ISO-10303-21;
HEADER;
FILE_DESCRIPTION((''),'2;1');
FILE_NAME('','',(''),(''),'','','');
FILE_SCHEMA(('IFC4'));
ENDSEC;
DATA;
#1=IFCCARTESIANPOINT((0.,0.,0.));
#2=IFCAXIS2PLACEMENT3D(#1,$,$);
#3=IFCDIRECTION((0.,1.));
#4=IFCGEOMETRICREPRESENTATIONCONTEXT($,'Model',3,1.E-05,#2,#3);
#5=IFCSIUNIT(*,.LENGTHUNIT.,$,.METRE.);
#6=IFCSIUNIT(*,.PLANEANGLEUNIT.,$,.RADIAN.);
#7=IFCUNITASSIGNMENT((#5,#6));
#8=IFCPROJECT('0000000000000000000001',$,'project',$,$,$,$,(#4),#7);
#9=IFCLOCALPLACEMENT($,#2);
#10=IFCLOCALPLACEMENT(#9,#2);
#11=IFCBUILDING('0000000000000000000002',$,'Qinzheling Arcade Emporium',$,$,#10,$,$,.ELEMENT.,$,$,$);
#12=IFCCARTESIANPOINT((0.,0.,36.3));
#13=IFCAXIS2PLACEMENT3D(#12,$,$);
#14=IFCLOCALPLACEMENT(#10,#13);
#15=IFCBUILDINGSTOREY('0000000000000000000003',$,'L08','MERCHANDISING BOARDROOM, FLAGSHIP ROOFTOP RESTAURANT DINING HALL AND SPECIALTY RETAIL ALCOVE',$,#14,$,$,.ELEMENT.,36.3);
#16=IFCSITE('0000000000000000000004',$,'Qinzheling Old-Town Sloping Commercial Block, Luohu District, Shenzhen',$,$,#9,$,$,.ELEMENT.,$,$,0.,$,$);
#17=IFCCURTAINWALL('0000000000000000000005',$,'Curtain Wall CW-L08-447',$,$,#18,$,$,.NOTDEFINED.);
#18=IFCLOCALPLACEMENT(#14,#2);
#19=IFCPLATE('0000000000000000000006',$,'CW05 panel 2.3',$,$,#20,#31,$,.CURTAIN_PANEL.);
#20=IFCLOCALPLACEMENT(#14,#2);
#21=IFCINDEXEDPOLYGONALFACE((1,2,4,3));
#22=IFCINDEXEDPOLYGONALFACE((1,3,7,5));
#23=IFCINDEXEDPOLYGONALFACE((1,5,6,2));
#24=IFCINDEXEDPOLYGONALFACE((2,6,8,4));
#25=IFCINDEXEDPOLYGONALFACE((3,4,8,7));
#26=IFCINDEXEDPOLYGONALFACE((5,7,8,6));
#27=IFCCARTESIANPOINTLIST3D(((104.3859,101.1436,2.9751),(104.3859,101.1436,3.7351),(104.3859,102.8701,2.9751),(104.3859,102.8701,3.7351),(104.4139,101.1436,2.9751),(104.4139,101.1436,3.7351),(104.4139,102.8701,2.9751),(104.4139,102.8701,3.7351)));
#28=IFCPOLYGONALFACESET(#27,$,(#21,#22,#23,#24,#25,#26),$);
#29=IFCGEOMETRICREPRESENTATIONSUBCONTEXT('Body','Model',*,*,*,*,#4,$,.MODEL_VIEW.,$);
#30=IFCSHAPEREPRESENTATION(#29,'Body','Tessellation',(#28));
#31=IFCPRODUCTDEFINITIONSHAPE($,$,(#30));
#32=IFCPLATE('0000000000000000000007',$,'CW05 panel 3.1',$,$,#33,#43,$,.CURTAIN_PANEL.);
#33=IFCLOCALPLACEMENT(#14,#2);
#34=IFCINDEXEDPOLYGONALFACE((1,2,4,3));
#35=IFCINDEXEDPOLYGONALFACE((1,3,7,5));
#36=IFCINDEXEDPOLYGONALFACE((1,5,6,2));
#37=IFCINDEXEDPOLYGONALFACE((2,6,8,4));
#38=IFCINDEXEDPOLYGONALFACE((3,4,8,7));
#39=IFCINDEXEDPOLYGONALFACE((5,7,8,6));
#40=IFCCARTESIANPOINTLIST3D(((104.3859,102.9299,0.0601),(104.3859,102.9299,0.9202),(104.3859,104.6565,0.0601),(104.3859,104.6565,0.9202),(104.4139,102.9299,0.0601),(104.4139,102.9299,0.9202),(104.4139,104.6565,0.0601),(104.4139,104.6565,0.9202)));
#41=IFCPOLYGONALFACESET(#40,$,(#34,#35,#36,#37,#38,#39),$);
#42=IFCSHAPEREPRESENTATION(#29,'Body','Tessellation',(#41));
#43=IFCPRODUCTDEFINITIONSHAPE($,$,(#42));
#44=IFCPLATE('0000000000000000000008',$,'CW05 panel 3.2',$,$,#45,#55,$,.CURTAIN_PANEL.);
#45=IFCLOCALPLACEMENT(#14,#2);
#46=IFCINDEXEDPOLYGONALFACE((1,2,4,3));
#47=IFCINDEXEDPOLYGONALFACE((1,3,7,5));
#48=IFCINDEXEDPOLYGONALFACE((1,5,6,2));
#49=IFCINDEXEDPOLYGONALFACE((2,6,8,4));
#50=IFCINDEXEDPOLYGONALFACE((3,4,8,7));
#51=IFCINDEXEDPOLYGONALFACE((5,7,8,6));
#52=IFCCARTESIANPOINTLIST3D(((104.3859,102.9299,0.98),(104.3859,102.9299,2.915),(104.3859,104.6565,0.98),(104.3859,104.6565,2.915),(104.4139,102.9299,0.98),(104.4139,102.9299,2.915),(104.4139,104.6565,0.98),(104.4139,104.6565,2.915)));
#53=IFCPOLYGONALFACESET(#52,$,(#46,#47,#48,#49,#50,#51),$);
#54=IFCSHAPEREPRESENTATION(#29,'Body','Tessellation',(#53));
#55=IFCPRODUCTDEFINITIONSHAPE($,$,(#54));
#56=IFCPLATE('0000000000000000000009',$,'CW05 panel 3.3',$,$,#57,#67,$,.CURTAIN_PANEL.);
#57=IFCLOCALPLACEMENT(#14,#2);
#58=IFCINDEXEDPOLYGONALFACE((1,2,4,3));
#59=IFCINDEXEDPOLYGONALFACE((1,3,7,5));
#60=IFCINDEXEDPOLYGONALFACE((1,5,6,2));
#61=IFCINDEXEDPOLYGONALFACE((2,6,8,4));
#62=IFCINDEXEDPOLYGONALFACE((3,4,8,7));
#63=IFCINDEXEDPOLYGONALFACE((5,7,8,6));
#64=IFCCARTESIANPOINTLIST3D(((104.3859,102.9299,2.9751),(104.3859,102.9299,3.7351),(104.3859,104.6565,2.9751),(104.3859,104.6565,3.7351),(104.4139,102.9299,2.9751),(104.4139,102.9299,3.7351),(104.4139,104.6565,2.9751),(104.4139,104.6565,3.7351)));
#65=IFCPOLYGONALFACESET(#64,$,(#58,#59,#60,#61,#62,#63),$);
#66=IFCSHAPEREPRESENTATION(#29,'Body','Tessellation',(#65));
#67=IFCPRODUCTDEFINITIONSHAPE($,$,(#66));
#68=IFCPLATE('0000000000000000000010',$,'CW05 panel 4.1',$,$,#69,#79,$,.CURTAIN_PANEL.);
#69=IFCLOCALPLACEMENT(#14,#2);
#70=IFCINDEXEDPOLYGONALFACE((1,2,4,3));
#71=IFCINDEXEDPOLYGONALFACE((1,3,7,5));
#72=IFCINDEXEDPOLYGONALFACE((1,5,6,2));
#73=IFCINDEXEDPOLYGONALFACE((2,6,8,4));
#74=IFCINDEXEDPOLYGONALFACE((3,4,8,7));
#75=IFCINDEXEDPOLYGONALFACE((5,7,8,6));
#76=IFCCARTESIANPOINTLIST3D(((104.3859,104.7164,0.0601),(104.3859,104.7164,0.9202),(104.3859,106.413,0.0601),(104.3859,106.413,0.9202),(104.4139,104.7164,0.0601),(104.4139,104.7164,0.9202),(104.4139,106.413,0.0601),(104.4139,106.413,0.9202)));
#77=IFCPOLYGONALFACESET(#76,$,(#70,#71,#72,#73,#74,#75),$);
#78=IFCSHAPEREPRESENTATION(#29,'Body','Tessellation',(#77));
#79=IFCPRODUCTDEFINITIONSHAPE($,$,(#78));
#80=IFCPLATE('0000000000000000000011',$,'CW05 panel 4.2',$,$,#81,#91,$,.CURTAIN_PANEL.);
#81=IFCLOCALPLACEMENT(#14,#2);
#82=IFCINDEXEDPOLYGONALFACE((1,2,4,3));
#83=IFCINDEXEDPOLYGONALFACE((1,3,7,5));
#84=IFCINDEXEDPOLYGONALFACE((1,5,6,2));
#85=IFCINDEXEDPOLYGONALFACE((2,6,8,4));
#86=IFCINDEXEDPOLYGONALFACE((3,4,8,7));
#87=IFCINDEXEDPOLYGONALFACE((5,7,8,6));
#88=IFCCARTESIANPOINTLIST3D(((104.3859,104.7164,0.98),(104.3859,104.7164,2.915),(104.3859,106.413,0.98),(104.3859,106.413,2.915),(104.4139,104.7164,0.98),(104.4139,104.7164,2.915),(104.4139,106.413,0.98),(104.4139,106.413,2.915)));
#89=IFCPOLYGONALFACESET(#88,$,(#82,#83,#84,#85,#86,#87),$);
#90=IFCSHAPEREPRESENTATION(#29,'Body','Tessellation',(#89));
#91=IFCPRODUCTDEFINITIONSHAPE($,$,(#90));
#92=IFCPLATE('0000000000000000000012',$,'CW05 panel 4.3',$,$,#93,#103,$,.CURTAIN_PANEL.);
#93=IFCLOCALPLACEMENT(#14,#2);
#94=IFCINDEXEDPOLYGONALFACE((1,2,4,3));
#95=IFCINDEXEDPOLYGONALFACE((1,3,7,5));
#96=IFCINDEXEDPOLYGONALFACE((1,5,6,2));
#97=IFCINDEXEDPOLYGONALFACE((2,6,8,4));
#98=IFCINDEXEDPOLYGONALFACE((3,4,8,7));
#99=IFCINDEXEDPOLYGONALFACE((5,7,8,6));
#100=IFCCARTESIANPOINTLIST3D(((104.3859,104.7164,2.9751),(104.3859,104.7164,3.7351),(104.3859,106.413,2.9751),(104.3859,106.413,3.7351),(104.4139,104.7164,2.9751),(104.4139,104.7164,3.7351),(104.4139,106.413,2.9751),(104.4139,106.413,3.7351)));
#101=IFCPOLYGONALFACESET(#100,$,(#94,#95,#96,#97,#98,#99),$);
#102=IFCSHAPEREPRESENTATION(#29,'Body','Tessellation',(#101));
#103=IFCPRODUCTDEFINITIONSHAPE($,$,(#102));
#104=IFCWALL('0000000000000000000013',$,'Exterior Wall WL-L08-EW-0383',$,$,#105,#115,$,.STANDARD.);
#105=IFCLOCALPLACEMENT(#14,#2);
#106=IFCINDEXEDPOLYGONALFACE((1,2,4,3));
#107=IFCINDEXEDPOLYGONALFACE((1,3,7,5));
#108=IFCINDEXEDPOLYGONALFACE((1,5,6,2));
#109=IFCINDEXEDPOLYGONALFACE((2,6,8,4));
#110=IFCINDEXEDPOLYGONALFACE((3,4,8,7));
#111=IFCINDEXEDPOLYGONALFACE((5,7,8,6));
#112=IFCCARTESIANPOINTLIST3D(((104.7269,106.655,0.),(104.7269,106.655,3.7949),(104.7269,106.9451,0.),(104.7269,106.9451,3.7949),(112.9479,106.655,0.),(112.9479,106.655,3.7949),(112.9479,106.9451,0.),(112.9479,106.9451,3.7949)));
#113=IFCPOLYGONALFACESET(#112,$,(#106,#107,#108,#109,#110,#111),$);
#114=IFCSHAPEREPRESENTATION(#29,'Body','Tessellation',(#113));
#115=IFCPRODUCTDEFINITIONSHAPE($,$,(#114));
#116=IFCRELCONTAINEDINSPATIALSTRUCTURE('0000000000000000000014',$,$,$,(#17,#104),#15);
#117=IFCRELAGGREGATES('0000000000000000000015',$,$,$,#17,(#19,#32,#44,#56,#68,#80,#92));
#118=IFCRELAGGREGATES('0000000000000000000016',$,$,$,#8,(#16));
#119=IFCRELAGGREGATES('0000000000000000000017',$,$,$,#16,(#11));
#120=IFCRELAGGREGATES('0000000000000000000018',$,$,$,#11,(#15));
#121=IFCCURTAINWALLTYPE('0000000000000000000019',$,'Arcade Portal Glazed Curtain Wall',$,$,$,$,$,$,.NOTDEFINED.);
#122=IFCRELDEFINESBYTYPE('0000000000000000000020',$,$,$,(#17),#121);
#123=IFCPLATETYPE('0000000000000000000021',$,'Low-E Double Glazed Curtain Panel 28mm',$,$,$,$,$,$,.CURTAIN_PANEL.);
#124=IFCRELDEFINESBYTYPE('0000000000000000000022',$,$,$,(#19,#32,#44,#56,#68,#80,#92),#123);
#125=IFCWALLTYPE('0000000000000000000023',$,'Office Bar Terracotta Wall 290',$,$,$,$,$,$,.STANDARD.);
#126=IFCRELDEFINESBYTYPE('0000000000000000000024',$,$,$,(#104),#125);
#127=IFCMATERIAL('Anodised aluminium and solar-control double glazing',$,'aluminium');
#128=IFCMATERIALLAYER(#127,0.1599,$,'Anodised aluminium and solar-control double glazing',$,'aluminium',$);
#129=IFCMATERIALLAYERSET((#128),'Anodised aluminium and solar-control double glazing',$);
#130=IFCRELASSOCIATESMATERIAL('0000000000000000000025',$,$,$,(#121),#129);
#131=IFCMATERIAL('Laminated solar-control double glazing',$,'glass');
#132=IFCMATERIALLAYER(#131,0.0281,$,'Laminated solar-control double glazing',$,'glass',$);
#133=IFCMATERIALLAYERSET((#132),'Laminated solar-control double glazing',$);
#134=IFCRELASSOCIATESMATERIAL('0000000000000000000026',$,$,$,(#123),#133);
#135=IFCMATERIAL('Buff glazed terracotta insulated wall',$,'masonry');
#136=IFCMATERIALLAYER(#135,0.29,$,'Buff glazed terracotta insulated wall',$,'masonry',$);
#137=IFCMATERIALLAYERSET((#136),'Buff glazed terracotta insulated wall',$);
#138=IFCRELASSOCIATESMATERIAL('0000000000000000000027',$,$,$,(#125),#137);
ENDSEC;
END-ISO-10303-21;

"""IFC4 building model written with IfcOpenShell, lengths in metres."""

from ifc_helpers import new_model, si_unit, direction, frame, frame_2d, origin, origin_2d, place, context, subcontext, project, spatial, rectangle, extrude, material, layer, layer_set, type_object, element, aggregate, save


model = new_model("IFC4")

# Units and contexts
model_context = context("Model", 3, precision=1e-05, world=origin(), true_north=direction((0.0, 1.0)))
body_context = subcontext(model_context, "Body", "Model", "MODEL_VIEW")
ifc_project = project(units=[si_unit("LENGTHUNIT", "METRE"), si_unit("PLANEANGLEUNIT", "RADIAN")], contexts=[model_context])

# Site, building, storey
site_placement = place(None, origin())
site = spatial("IfcSite", under=ifc_project, at=site_placement, Name="Qinzheling Old-Town Sloping Commercial Block, Luohu District, Shenzhen", CompositionType="ELEMENT", RefElevation=0.0)
building_placement = place(site_placement, origin())
building = spatial("IfcBuilding", under=site, at=building_placement, Name="Qinzheling Arcade Emporium", CompositionType="ELEMENT")
storey_placement = place(building_placement, frame((0.0, 0.0, 36.3)))
storey = spatial("IfcBuildingStorey", under=building, at=storey_placement, Name="L08", Description="MERCHANDISING BOARDROOM, FLAGSHIP ROOFTOP RESTAURANT DINING HALL AND SPECIALTY RETAIL ALCOVE", CompositionType="ELEMENT", Elevation=36.3)

# Curtain wall
ifc_material_1 = material(Name="Anodised aluminium and solar-control double glazing", Category="aluminium")
ifc_layer_1 = layer(ifc_material_1, 0.1599, Name="Anodised aluminium and solar-control double glazing", Category="aluminium")
ifc_layer_set_1 = layer_set([ifc_layer_1], Name="Anodised aluminium and solar-control double glazing")
curtain_wall_type = type_object("IfcCurtainWallType", Name="Arcade Portal Glazed Curtain Wall", PredefinedType="NOTDEFINED", material=ifc_layer_set_1)
curtain_wall_placement = place(storey_placement, origin())
curtain_wall = element("IfcCurtainWall", 1, at=curtain_wall_placement, inside=storey, type_object=curtain_wall_type, Name="Curtain Wall CW-L08-447", PredefinedType="NOTDEFINED")

# Plates
ifc_material_2 = material(Name="Laminated solar-control double glazing", Category="glass")
ifc_layer_2 = layer(ifc_material_2, 0.0281, Name="Laminated solar-control double glazing", Category="glass")
ifc_layer_set_2 = layer_set([ifc_layer_2], Name="Laminated solar-control double glazing")
plate_type = type_object("IfcPlateType", Name="Low-E Double Glazed Curtain Panel 28mm", PredefinedType="CURTAIN_PANEL", material=ifc_layer_set_2)
plate_1_placement = place(storey_placement, frame((104.3999, 102.0068, 2.9751), z_axis=(0.0, 0.0, 1.0), x_axis=(0.0, 1.0, 0.0)))
plate_1 = element("IfcPlate", 2, at=plate_1_placement, type_object=plate_type, Name="CW05 panel 2.3", PredefinedType="CURTAIN_PANEL", context=body_context, shape_type="SweptSolid", body=[
    extrude(rectangle(XDim=1.7266, YDim=0.0281, at=origin_2d()), origin(), (0.0, 0.0, 1.0), 0.76),
])
plate_2_placement = place(storey_placement, frame((104.3999, 103.7932, 0.0601), z_axis=(0.0, 0.0, 1.0), x_axis=(0.0, 1.0, 0.0)))
plate_2 = element("IfcPlate", 3, at=plate_2_placement, type_object=plate_type, Name="CW05 panel 3.1", PredefinedType="CURTAIN_PANEL", context=body_context, shape_type="SweptSolid", body=[
    extrude(rectangle(XDim=1.7266, YDim=0.0281, at=origin_2d()), origin(), (0.0, 0.0, 1.0), 0.8601),
])
plate_3_placement = place(storey_placement, frame((104.3999, 103.7932, 0.98), z_axis=(0.0, 0.0, 1.0), x_axis=(0.0, 1.0, 0.0)))
plate_3 = element("IfcPlate", 4, at=plate_3_placement, type_object=plate_type, Name="CW05 panel 3.2", PredefinedType="CURTAIN_PANEL", context=body_context, shape_type="SweptSolid", body=[
    extrude(rectangle(XDim=1.7266, YDim=0.0281, at=origin_2d()), origin(), (0.0, 0.0, 1.0), 1.9351),
])
plate_4_placement = place(storey_placement, frame((104.3999, 103.7932, 2.9751), z_axis=(0.0, 0.0, 1.0), x_axis=(0.0, 1.0, 0.0)))
plate_4 = element("IfcPlate", 5, at=plate_4_placement, type_object=plate_type, Name="CW05 panel 3.3", PredefinedType="CURTAIN_PANEL", context=body_context, shape_type="SweptSolid", body=[
    extrude(rectangle(XDim=1.7266, YDim=0.0281, at=origin_2d()), origin(), (0.0, 0.0, 1.0), 0.76),
])
plate_5_placement = place(storey_placement, frame((104.3999, 105.5647, 0.0601), z_axis=(0.0, 0.0, 1.0), x_axis=(0.0, 1.0, 0.0)))
plate_5 = element("IfcPlate", 6, at=plate_5_placement, type_object=plate_type, Name="CW05 panel 4.1", PredefinedType="CURTAIN_PANEL", context=body_context, shape_type="SweptSolid", body=[
    extrude(rectangle(XDim=1.6965, YDim=0.0281, at=origin_2d()), origin(), (0.0, 0.0, 1.0), 0.8601),
])
plate_6_placement = place(storey_placement, frame((104.3999, 105.5647, 0.98), z_axis=(0.0, 0.0, 1.0), x_axis=(0.0, 1.0, 0.0)))
plate_6 = element("IfcPlate", 7, at=plate_6_placement, type_object=plate_type, Name="CW05 panel 4.2", PredefinedType="CURTAIN_PANEL", context=body_context, shape_type="SweptSolid", body=[
    extrude(rectangle(XDim=1.6965, YDim=0.0281, at=origin_2d()), origin(), (0.0, 0.0, 1.0), 1.9351),
])
plate_7_placement = place(storey_placement, frame((104.3999, 105.5647, 2.9751), z_axis=(0.0, 0.0, 1.0), x_axis=(0.0, 1.0, 0.0)))
plate_7 = element("IfcPlate", 8, at=plate_7_placement, type_object=plate_type, Name="CW05 panel 4.3", PredefinedType="CURTAIN_PANEL", context=body_context, shape_type="SweptSolid", body=[
    extrude(rectangle(XDim=1.6965, YDim=0.0281, at=origin_2d()), origin(), (0.0, 0.0, 1.0), 0.76),
])
aggregate(curtain_wall, [plate_1, plate_2, plate_3, plate_4, plate_5, plate_6, plate_7])

# Wall
ifc_material_3 = material(Name="Buff glazed terracotta insulated wall", Category="masonry")
ifc_layer_3 = layer(ifc_material_3, 0.29, Name="Buff glazed terracotta insulated wall", Category="masonry")
ifc_layer_set_3 = layer_set([ifc_layer_3], Name="Buff glazed terracotta insulated wall")
wall_type = type_object("IfcWallType", Name="Office Bar Terracotta Wall 290", PredefinedType="STANDARD", material=ifc_layer_set_3)
wall_placement = place(storey_placement, frame((104.7271, 106.8, 0.0), z_axis=(0.0, 0.0, 1.0), x_axis=(1.0, 0.0, 0.0)))
element("IfcWall", 9, at=wall_placement, inside=storey, type_object=wall_type, Name="Exterior Wall WL-L08-EW-0383", PredefinedType="STANDARD", context=body_context, shape_type="SweptSolid", body=[
    extrude(rectangle(XDim=8.2209, YDim=0.29, at=frame_2d((4.1104, 0.0))), origin(), (0.0, 0.0, 1.0), 3.7949),
])

save(model, "model.ifc")
